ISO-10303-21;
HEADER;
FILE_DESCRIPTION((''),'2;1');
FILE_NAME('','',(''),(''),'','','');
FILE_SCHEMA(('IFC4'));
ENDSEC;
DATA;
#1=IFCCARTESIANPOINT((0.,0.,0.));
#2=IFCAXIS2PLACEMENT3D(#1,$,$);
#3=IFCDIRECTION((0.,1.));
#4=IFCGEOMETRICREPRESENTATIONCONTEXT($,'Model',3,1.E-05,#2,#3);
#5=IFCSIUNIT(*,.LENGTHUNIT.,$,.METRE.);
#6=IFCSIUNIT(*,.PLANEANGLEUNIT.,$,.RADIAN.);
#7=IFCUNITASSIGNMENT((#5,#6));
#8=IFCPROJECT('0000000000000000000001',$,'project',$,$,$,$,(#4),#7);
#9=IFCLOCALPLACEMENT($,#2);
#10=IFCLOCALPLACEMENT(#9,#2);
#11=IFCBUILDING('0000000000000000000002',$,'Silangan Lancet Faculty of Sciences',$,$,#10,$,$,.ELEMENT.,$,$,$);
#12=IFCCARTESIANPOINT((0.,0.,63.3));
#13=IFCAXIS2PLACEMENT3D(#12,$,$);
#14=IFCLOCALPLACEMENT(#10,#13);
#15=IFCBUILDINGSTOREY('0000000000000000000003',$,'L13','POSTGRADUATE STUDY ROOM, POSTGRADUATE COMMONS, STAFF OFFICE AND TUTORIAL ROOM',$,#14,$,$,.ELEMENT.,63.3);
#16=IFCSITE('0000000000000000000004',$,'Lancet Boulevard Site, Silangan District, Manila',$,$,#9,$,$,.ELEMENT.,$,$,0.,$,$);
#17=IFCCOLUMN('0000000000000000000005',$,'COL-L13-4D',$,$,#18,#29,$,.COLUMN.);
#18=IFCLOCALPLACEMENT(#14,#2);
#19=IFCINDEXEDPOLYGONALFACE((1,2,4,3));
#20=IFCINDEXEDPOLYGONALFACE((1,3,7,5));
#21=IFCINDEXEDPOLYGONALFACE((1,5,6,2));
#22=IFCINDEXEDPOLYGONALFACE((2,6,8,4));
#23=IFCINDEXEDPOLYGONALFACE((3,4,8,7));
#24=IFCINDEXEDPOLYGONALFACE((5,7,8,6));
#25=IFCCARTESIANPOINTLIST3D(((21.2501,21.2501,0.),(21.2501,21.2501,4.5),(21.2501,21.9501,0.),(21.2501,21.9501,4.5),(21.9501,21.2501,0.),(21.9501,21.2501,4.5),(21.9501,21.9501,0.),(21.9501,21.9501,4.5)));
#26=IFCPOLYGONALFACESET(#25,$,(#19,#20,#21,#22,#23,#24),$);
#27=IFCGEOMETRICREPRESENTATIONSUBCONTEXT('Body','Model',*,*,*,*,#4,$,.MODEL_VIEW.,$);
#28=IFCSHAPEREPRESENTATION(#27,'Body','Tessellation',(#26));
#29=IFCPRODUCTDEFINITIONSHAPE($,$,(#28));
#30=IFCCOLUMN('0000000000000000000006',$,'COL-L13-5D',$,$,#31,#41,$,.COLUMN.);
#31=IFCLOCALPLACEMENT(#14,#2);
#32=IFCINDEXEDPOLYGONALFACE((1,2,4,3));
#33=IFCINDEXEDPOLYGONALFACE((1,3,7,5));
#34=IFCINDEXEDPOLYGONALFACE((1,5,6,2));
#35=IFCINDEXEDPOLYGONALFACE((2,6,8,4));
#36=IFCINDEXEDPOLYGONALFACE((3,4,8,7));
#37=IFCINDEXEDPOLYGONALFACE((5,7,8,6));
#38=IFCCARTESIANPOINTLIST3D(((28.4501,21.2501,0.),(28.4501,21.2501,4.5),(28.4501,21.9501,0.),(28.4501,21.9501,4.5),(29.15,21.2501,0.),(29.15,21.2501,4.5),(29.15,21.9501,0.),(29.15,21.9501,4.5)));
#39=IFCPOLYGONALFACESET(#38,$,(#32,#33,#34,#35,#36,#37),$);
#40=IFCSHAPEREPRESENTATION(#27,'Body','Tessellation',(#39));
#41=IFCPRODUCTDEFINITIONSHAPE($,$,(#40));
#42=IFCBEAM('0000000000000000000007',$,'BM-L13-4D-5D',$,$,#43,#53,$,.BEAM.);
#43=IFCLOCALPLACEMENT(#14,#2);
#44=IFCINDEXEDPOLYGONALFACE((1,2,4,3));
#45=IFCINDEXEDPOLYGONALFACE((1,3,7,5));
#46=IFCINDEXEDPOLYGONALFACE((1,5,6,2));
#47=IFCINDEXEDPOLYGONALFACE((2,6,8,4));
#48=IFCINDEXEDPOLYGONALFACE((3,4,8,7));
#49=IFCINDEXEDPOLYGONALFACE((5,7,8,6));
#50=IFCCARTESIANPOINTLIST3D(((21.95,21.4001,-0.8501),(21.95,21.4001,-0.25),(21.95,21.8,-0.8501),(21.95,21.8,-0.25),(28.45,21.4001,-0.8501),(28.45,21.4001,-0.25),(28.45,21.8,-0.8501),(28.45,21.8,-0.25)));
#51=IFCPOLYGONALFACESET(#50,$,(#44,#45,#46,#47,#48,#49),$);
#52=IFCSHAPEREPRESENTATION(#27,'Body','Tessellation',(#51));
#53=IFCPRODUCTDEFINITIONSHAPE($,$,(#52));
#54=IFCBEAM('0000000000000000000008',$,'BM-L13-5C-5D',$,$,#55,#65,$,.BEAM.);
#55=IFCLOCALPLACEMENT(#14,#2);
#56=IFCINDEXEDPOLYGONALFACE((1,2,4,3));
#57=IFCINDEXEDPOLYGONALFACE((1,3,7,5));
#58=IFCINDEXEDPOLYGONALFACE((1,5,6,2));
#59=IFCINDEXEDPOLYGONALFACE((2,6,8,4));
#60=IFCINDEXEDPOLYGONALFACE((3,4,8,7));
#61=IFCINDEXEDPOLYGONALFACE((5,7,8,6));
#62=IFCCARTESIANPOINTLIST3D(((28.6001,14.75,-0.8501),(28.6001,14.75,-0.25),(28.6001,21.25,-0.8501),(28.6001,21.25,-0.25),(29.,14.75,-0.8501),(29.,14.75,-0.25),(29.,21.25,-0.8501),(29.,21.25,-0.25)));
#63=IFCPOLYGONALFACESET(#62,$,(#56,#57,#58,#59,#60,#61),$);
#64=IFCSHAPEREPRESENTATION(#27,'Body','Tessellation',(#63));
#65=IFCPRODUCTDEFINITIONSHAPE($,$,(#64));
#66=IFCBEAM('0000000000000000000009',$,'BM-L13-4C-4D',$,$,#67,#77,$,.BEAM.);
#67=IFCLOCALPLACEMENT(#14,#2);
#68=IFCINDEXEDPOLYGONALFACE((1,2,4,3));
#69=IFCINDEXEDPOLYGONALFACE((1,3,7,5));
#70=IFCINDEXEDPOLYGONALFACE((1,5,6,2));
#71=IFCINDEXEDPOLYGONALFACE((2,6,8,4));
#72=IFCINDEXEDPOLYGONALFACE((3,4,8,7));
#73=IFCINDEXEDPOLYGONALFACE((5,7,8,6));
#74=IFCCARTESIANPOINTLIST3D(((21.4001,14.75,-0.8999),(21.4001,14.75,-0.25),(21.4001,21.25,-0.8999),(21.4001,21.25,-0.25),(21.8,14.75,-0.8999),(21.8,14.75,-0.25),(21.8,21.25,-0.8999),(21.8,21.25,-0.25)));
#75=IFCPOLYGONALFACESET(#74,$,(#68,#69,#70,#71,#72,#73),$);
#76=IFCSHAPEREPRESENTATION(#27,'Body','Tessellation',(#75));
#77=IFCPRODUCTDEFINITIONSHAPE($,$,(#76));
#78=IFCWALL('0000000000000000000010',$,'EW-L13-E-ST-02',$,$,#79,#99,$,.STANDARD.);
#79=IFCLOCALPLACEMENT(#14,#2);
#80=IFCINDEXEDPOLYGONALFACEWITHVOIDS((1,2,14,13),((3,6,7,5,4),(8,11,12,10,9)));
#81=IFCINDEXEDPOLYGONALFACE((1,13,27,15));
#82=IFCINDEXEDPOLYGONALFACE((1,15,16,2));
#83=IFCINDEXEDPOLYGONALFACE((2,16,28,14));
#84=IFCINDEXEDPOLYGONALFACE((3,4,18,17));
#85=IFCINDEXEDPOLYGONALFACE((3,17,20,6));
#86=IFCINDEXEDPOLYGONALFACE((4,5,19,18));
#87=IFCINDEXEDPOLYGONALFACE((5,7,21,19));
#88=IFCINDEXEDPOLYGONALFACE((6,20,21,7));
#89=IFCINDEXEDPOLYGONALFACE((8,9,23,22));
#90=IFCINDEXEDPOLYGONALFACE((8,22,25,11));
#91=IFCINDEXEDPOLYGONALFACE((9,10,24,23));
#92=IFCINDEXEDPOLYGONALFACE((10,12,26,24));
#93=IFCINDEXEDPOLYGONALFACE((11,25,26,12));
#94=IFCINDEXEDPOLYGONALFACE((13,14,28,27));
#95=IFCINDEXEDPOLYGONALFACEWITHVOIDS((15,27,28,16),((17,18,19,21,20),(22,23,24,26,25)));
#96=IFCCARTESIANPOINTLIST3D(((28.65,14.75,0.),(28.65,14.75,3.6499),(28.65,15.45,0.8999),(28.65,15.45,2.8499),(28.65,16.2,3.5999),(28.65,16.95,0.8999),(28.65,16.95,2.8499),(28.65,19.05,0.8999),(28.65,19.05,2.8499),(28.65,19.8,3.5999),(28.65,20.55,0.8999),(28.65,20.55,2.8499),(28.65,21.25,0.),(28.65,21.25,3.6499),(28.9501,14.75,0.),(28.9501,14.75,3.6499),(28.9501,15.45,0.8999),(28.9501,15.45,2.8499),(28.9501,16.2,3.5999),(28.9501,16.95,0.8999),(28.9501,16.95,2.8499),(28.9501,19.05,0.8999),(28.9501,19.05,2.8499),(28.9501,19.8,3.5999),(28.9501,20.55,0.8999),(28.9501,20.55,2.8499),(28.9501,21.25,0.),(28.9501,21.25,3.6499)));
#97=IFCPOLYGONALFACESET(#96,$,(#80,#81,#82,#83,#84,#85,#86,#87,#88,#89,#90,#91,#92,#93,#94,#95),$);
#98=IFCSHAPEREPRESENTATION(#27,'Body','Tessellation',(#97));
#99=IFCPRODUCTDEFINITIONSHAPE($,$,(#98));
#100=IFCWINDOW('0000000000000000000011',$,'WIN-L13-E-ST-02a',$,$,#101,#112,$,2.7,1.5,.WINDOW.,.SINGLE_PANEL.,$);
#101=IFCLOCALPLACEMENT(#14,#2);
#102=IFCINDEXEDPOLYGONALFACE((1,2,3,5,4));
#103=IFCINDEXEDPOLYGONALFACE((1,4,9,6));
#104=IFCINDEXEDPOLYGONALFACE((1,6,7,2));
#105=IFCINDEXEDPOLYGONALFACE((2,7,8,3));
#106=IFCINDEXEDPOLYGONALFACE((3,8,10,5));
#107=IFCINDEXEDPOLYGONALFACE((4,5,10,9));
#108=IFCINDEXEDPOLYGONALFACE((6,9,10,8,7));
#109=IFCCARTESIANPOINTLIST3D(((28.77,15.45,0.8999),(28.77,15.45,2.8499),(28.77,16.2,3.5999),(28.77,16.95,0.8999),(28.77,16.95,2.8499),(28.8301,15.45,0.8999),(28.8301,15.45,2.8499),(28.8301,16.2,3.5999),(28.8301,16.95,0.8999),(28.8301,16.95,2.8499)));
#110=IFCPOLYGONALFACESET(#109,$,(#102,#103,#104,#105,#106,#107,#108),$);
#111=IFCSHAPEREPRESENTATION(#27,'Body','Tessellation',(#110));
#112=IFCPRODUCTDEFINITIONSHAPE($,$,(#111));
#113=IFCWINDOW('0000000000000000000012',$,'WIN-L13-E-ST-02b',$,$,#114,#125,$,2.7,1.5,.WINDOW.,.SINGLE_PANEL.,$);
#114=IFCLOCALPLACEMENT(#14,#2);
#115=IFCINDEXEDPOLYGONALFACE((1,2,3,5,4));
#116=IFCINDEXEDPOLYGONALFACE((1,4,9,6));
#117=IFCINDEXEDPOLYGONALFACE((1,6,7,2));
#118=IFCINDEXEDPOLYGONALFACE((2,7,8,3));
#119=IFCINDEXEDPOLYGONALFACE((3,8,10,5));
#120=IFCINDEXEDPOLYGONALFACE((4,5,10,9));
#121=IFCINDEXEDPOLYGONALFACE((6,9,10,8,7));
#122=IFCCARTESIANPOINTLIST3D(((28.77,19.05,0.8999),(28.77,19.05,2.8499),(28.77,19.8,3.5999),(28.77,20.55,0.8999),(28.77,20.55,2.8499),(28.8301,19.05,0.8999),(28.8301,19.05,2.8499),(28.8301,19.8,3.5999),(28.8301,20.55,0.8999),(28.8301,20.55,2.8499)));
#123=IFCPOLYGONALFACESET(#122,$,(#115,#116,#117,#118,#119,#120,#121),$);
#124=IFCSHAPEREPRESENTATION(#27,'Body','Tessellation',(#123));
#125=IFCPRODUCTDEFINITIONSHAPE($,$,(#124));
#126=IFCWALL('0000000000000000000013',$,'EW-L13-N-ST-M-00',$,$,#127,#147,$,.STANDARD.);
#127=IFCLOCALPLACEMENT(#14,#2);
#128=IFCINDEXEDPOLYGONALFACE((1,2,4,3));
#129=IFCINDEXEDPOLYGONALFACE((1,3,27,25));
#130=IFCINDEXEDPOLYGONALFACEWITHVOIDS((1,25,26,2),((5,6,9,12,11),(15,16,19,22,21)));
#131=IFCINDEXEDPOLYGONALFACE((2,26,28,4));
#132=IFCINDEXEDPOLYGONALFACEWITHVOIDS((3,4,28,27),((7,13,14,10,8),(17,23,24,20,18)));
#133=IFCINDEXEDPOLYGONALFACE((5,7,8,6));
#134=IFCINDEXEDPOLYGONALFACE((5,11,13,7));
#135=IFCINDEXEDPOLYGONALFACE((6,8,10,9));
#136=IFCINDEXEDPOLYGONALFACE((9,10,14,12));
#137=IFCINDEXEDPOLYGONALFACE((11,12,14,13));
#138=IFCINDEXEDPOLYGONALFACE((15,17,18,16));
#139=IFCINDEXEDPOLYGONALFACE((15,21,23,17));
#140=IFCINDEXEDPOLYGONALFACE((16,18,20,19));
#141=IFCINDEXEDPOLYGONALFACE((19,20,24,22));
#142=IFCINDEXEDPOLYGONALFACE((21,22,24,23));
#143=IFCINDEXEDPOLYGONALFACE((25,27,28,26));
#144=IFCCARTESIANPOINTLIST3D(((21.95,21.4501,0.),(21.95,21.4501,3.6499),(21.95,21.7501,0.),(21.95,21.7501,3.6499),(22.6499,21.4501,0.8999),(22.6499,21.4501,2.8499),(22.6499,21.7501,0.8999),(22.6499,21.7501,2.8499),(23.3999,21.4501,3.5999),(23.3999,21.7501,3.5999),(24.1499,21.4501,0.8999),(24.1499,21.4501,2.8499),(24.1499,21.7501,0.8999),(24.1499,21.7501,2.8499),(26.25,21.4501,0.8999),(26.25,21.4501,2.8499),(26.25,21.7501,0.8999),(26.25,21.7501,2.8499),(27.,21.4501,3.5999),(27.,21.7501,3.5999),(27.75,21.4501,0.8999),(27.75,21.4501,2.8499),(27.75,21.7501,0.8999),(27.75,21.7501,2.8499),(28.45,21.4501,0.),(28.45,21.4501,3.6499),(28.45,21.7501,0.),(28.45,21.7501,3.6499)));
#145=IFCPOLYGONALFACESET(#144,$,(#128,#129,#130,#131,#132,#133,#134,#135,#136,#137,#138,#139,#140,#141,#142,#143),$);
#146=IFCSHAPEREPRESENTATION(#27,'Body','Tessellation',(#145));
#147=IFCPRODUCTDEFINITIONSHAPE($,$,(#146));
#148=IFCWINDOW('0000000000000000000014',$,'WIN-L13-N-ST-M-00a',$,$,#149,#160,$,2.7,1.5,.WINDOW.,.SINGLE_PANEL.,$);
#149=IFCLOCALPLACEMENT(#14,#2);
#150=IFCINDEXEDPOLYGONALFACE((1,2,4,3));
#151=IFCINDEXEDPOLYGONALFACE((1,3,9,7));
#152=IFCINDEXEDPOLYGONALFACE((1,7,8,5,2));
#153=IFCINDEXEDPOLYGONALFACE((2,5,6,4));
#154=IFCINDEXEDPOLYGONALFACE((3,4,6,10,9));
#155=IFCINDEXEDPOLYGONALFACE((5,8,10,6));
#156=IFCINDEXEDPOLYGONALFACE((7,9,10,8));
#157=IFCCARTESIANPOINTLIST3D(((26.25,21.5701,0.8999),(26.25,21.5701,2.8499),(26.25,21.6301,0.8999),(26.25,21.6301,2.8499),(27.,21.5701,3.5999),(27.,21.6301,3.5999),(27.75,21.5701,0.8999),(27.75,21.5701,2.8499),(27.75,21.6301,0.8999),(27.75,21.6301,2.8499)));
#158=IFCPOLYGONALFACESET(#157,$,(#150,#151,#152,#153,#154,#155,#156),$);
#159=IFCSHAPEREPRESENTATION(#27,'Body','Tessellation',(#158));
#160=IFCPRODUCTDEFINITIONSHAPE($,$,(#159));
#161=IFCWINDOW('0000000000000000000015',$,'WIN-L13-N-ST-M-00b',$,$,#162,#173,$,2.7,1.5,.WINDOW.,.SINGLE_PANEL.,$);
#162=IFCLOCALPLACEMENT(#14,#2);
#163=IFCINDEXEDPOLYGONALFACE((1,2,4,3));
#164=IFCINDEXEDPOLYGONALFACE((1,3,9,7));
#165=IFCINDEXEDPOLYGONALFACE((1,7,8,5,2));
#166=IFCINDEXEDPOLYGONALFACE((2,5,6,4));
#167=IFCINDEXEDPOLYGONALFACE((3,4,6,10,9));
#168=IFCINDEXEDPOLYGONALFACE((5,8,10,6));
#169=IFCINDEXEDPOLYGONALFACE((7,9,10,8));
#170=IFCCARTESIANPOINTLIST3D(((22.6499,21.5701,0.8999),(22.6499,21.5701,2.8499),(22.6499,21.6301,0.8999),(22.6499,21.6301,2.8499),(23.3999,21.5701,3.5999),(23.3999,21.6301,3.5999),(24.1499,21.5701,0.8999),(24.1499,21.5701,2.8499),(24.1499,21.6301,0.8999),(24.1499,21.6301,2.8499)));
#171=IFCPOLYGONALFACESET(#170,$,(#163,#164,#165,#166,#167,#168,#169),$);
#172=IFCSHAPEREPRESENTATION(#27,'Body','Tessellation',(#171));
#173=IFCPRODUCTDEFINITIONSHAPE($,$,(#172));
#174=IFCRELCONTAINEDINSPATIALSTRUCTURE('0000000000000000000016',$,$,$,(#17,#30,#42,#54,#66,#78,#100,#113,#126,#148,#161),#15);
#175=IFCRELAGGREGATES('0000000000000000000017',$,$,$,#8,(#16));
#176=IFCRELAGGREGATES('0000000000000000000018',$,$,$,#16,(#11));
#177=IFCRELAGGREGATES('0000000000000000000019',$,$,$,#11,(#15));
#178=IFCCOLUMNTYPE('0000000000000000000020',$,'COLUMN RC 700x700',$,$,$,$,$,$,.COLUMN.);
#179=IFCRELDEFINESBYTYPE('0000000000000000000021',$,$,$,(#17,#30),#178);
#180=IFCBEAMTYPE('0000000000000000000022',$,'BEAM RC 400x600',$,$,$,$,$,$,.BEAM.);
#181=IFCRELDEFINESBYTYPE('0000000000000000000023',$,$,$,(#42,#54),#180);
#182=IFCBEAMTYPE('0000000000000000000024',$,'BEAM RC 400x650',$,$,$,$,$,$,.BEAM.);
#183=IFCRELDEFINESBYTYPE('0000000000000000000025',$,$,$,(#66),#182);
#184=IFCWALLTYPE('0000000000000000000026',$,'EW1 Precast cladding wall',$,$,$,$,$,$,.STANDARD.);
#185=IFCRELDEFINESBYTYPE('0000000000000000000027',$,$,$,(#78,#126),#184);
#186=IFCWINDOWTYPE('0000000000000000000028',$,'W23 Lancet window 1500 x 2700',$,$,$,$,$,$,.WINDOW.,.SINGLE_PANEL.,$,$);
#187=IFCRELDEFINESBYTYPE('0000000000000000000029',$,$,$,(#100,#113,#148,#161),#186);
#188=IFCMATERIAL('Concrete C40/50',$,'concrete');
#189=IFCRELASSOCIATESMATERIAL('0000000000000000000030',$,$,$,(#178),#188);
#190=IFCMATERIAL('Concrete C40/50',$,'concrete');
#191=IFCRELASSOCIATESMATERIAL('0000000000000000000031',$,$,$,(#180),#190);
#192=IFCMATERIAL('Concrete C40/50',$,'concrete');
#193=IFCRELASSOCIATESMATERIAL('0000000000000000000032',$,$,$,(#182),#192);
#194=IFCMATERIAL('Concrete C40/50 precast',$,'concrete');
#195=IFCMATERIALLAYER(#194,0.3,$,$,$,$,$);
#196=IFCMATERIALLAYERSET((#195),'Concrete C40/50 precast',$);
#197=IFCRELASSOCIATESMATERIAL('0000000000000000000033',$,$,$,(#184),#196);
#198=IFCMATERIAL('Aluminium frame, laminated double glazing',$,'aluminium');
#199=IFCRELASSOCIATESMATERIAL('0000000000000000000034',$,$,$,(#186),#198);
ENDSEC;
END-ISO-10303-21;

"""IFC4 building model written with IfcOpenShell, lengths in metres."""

from ifc_helpers import new_model, si_unit, direction, frame, frame_2d, origin, origin_2d, place, context, subcontext, project, spatial, polyline, rectangle, outline, extrude, material, layer, layer_set, material_profile, profile_set, type_object, element, fill, save


model = new_model("IFC4")

# Units and contexts
model_context = context("Model", 3, precision=1e-05, world=origin(), true_north=direction((0.0, 1.0)))
body_context = subcontext(model_context, "Body", "Model", "MODEL_VIEW")
ifc_project = project(units=[si_unit("LENGTHUNIT", "METRE"), si_unit("PLANEANGLEUNIT", "RADIAN")], contexts=[model_context])

# Site, building, storey
site_placement = place(None, origin())
site = spatial("IfcSite", under=ifc_project, at=site_placement, Name="Lancet Boulevard Site, Silangan District, Manila", CompositionType="ELEMENT", RefElevation=0.0)
building_placement = place(site_placement, origin())
building = spatial("IfcBuilding", under=site, at=building_placement, Name="Silangan Lancet Faculty of Sciences", CompositionType="ELEMENT")
storey_placement = place(building_placement, frame((0.0, 0.0, 63.3)))
storey = spatial("IfcBuildingStorey", under=building, at=storey_placement, Name="L13", Description="POSTGRADUATE STUDY ROOM, POSTGRADUATE COMMONS, STAFF OFFICE AND TUTORIAL ROOM", CompositionType="ELEMENT", Elevation=63.3)

# Columns
ifc_material_1 = material(Name="Concrete C40/50", Category="concrete")
ifc_material_profile_1 = material_profile(ifc_material_1, rectangle(XDim=0.7, YDim=0.7, at=origin_2d()), Name="RC 700x700")
ifc_profile_set_1 = profile_set([ifc_material_profile_1], Name="Concrete C40/50")
column_type = type_object("IfcColumnType", Name="COLUMN RC 700x700", PredefinedType="COLUMN", material=ifc_profile_set_1)
for number, where, z_axis, x_axis, name in (
    (1, (21.6001, 21.6001, 0.0), (0.0, 0.0, 1.0), (1.0, 0.0, 0.0), "COL-L13-4D"),
    (2, (28.8, 21.6001, 0.0), (0.0, 0.0, 1.0), (1.0, 0.0, 0.0), "COL-L13-5D"),
):
    element("IfcColumn", number, at=place(storey_placement, frame(where, z_axis=z_axis, x_axis=x_axis)), inside=storey, type_object=column_type, Name=name, PredefinedType="COLUMN", context=body_context, shape_type="SweptSolid", body=[
        extrude(rectangle(XDim=0.7, YDim=0.7, at=origin_2d()), origin(), (0.0, 0.0, 1.0), 4.5),
    ])

# Beams
ifc_material_2 = material(Name="Concrete C40/50", Category="concrete")
ifc_material_profile_2 = material_profile(ifc_material_2, rectangle(XDim=0.3999, YDim=0.6001, at=origin_2d()), Name="RC 400x600")
ifc_profile_set_2 = profile_set([ifc_material_profile_2], Name="Concrete C40/50")
beam_type_1 = type_object("IfcBeamType", Name="BEAM RC 400x600", PredefinedType="BEAM", material=ifc_profile_set_2)
for number, where, z_axis, x_axis, name in (
    (3, (21.95, 21.6001, -0.55), (1.0, 0.0, 0.0), (0.0, 1.0, 0.0), "BM-L13-4D-5D"),
    (4, (28.8, 14.75, -0.55), (0.0, 1.0, 0.0), (-1.0, 0.0, 0.0), "BM-L13-5C-5D"),
):
    element("IfcBeam", number, at=place(storey_placement, frame(where, z_axis=z_axis, x_axis=x_axis)), inside=storey, type_object=beam_type_1, Name=name, PredefinedType="BEAM", context=body_context, shape_type="SweptSolid", body=[
        extrude(rectangle(XDim=0.3999, YDim=0.6001, at=origin_2d()), origin(), (0.0, 0.0, 1.0), 6.5),
    ])
ifc_material_3 = material(Name="Concrete C40/50", Category="concrete")
ifc_material_profile_3 = material_profile(ifc_material_3, rectangle(XDim=0.3999, YDim=0.6499, at=origin_2d()), Name="RC 400x650")
ifc_profile_set_3 = profile_set([ifc_material_profile_3], Name="Concrete C40/50")
beam_type_2 = type_object("IfcBeamType", Name="BEAM RC 400x650", PredefinedType="BEAM", material=ifc_profile_set_3)
beam_placement = place(storey_placement, frame((21.6001, 14.75, -0.575), z_axis=(0.0, 1.0, 0.0), x_axis=(-1.0, 0.0, 0.0)))
element("IfcBeam", 5, at=beam_placement, inside=storey, type_object=beam_type_2, Name="BM-L13-4C-4D", PredefinedType="BEAM", context=body_context, shape_type="SweptSolid", body=[
    extrude(rectangle(XDim=0.3999, YDim=0.6499, at=origin_2d()), origin(), (0.0, 0.0, 1.0), 6.5),
])

# Walls, openings, windows
ifc_material_4 = material(Name="Concrete C40/50 precast", Category="concrete")
ifc_layer_1 = layer(ifc_material_4, 0.3)
ifc_layer_set_1 = layer_set([ifc_layer_1], Name="Concrete C40/50 precast")
wall_type_1 = type_object("IfcWallType", Name="EW1 Precast cladding wall", PredefinedType="STANDARD", material=ifc_layer_set_1)
wall_1_placement = place(storey_placement, frame((28.8, 14.75, 0.0), z_axis=(0.0, 0.0, 1.0), x_axis=(0.0, 1.0, 0.0)))
wall_1 = element("IfcWall", 6, at=wall_1_placement, inside=storey, type_object=wall_type_1, Name="EW-L13-E-ST-02", PredefinedType="STANDARD", context=body_context, shape_type="SweptSolid", body=[
    extrude(rectangle(XDim=6.5, YDim=0.3, at=frame_2d((3.25, 0.0))), origin(), (0.0, 0.0, 1.0), 3.6499),
])
opening_1_placement = place(wall_1_placement, frame((0.7, 0.0, 0.8999)))
opening_1 = element("IfcOpeningElement", 7, at=opening_1_placement, cuts=wall_1, PredefinedType="OPENING", context=body_context, shape_type="SweptSolid", body=[
    extrude(outline(polyline([(0.0, 0.0), (1.5, 0.0), (1.5, 1.95), (0.75, 2.7), (0.0, 1.95), (0.0, 0.0)])), frame((0.0, 0.1599, 0.0), z_axis=(0.0, -1.0, 0.0), x_axis=(1.0, 0.0, 0.0)), (0.0, 0.0, 1.0), 0.3201),
])
opening_2_placement = place(wall_1_placement, frame((4.3, 0.0, 0.8999)))
opening_2 = element("IfcOpeningElement", 8, at=opening_2_placement, cuts=wall_1, PredefinedType="OPENING", context=body_context, shape_type="SweptSolid", body=[
    extrude(outline(polyline([(0.0, 0.0), (1.5, 0.0), (1.5, 1.95), (0.75, 2.7), (0.0, 1.95), (0.0, 0.0)])), frame((0.0, 0.1599, 0.0), z_axis=(0.0, -1.0, 0.0), x_axis=(1.0, 0.0, 0.0)), (0.0, 0.0, 1.0), 0.3201),
])
ifc_material_5 = material(Name="Aluminium frame, laminated double glazing", Category="aluminium")
window_type = type_object("IfcWindowType", Name="W23 Lancet window 1500 x 2700", PartitioningType="SINGLE_PANEL", PredefinedType="WINDOW", material=ifc_material_5)
window_1_placement = place(opening_1_placement, origin())
window_1 = element("IfcWindow", 9, at=window_1_placement, inside=storey, type_object=window_type, Name="WIN-L13-E-ST-02a", OverallHeight=2.7, OverallWidth=1.5, PartitioningType="SINGLE_PANEL", PredefinedType="WINDOW", context=body_context, shape_type="SweptSolid", body=[
    extrude(outline(polyline([(0.0, 0.0), (1.5, 0.0), (1.5, 1.95), (0.75, 2.7), (0.0, 1.95), (0.0, 0.0)])), frame((0.0, 0.03, 0.0), z_axis=(0.0, -1.0, 0.0), x_axis=(1.0, 0.0, 0.0)), (0.0, 0.0, 1.0), 0.0601),
])
fill(opening_1, window_1)
window_2_placement = place(opening_2_placement, origin())
window_2 = element("IfcWindow", 10, at=window_2_placement, inside=storey, type_object=window_type, Name="WIN-L13-E-ST-02b", OverallHeight=2.7, OverallWidth=1.5, PartitioningType="SINGLE_PANEL", PredefinedType="WINDOW", context=body_context, shape_type="SweptSolid", body=[
    extrude(outline(polyline([(0.0, 0.0), (1.5, 0.0), (1.5, 1.95), (0.75, 2.7), (0.0, 1.95), (0.0, 0.0)])), frame((0.0, 0.03, 0.0), z_axis=(0.0, -1.0, 0.0), x_axis=(1.0, 0.0, 0.0)), (0.0, 0.0, 1.0), 0.0601),
])
fill(opening_2, window_2)
wall_2_placement = place(storey_placement, frame((28.45, 21.6001, 0.0), z_axis=(0.0, 0.0, 1.0), x_axis=(-1.0, 0.0, 0.0)))
wall_2 = element("IfcWall", 11, at=wall_2_placement, inside=storey, type_object=wall_type_1, Name="EW-L13-N-ST-M-00", PredefinedType="STANDARD", context=body_context, shape_type="SweptSolid", body=[
    extrude(rectangle(XDim=6.5, YDim=0.3, at=frame_2d((3.25, 0.0))), origin(), (0.0, 0.0, 1.0), 3.6499),
])
opening_3_placement = place(wall_2_placement, frame((0.7, 0.0, 0.8999)))
opening_3 = element("IfcOpeningElement", 12, at=opening_3_placement, cuts=wall_2, PredefinedType="OPENING", context=body_context, shape_type="SweptSolid", body=[
    extrude(outline(polyline([(0.0, 0.0), (1.5, 0.0), (1.5, 1.95), (0.75, 2.7), (0.0, 1.95), (0.0, 0.0)])), frame((0.0, 0.1599, 0.0), z_axis=(0.0, -1.0, 0.0), x_axis=(1.0, 0.0, 0.0)), (0.0, 0.0, 1.0), 0.3201),
])
opening_4_placement = place(wall_2_placement, frame((4.3, 0.0, 0.8999)))
opening_4 = element("IfcOpeningElement", 13, at=opening_4_placement, cuts=wall_2, PredefinedType="OPENING", context=body_context, shape_type="SweptSolid", body=[
    extrude(outline(polyline([(0.0, 0.0), (1.5, 0.0), (1.5, 1.95), (0.75, 2.7), (0.0, 1.95), (0.0, 0.0)])), frame((0.0, 0.1599, 0.0), z_axis=(0.0, -1.0, 0.0), x_axis=(1.0, 0.0, 0.0)), (0.0, 0.0, 1.0), 0.3201),
])
window_3_placement = place(opening_3_placement, origin())
window_3 = element("IfcWindow", 14, at=window_3_placement, inside=storey, type_object=window_type, Name="WIN-L13-N-ST-M-00a", OverallHeight=2.7, OverallWidth=1.5, PartitioningType="SINGLE_PANEL", PredefinedType="WINDOW", context=body_context, shape_type="SweptSolid", body=[
    extrude(outline(polyline([(0.0, 0.0), (1.5, 0.0), (1.5, 1.95), (0.75, 2.7), (0.0, 1.95), (0.0, 0.0)])), frame((0.0, 0.03, 0.0), z_axis=(0.0, -1.0, 0.0), x_axis=(1.0, 0.0, 0.0)), (0.0, 0.0, 1.0), 0.0601),
])
fill(opening_3, window_3)
window_4_placement = place(opening_4_placement, origin())
window_4 = element("IfcWindow", 15, at=window_4_placement, inside=storey, type_object=window_type, Name="WIN-L13-N-ST-M-00b", OverallHeight=2.7, OverallWidth=1.5, PartitioningType="SINGLE_PANEL", PredefinedType="WINDOW", context=body_context, shape_type="SweptSolid", body=[
    extrude(outline(polyline([(0.0, 0.0), (1.5, 0.0), (1.5, 1.95), (0.75, 2.7), (0.0, 1.95), (0.0, 0.0)])), frame((0.0, 0.03, 0.0), z_axis=(0.0, -1.0, 0.0), x_axis=(1.0, 0.0, 0.0)), (0.0, 0.0, 1.0), 0.0601),
])
fill(opening_4, window_4)

save(model, "model.ifc")
